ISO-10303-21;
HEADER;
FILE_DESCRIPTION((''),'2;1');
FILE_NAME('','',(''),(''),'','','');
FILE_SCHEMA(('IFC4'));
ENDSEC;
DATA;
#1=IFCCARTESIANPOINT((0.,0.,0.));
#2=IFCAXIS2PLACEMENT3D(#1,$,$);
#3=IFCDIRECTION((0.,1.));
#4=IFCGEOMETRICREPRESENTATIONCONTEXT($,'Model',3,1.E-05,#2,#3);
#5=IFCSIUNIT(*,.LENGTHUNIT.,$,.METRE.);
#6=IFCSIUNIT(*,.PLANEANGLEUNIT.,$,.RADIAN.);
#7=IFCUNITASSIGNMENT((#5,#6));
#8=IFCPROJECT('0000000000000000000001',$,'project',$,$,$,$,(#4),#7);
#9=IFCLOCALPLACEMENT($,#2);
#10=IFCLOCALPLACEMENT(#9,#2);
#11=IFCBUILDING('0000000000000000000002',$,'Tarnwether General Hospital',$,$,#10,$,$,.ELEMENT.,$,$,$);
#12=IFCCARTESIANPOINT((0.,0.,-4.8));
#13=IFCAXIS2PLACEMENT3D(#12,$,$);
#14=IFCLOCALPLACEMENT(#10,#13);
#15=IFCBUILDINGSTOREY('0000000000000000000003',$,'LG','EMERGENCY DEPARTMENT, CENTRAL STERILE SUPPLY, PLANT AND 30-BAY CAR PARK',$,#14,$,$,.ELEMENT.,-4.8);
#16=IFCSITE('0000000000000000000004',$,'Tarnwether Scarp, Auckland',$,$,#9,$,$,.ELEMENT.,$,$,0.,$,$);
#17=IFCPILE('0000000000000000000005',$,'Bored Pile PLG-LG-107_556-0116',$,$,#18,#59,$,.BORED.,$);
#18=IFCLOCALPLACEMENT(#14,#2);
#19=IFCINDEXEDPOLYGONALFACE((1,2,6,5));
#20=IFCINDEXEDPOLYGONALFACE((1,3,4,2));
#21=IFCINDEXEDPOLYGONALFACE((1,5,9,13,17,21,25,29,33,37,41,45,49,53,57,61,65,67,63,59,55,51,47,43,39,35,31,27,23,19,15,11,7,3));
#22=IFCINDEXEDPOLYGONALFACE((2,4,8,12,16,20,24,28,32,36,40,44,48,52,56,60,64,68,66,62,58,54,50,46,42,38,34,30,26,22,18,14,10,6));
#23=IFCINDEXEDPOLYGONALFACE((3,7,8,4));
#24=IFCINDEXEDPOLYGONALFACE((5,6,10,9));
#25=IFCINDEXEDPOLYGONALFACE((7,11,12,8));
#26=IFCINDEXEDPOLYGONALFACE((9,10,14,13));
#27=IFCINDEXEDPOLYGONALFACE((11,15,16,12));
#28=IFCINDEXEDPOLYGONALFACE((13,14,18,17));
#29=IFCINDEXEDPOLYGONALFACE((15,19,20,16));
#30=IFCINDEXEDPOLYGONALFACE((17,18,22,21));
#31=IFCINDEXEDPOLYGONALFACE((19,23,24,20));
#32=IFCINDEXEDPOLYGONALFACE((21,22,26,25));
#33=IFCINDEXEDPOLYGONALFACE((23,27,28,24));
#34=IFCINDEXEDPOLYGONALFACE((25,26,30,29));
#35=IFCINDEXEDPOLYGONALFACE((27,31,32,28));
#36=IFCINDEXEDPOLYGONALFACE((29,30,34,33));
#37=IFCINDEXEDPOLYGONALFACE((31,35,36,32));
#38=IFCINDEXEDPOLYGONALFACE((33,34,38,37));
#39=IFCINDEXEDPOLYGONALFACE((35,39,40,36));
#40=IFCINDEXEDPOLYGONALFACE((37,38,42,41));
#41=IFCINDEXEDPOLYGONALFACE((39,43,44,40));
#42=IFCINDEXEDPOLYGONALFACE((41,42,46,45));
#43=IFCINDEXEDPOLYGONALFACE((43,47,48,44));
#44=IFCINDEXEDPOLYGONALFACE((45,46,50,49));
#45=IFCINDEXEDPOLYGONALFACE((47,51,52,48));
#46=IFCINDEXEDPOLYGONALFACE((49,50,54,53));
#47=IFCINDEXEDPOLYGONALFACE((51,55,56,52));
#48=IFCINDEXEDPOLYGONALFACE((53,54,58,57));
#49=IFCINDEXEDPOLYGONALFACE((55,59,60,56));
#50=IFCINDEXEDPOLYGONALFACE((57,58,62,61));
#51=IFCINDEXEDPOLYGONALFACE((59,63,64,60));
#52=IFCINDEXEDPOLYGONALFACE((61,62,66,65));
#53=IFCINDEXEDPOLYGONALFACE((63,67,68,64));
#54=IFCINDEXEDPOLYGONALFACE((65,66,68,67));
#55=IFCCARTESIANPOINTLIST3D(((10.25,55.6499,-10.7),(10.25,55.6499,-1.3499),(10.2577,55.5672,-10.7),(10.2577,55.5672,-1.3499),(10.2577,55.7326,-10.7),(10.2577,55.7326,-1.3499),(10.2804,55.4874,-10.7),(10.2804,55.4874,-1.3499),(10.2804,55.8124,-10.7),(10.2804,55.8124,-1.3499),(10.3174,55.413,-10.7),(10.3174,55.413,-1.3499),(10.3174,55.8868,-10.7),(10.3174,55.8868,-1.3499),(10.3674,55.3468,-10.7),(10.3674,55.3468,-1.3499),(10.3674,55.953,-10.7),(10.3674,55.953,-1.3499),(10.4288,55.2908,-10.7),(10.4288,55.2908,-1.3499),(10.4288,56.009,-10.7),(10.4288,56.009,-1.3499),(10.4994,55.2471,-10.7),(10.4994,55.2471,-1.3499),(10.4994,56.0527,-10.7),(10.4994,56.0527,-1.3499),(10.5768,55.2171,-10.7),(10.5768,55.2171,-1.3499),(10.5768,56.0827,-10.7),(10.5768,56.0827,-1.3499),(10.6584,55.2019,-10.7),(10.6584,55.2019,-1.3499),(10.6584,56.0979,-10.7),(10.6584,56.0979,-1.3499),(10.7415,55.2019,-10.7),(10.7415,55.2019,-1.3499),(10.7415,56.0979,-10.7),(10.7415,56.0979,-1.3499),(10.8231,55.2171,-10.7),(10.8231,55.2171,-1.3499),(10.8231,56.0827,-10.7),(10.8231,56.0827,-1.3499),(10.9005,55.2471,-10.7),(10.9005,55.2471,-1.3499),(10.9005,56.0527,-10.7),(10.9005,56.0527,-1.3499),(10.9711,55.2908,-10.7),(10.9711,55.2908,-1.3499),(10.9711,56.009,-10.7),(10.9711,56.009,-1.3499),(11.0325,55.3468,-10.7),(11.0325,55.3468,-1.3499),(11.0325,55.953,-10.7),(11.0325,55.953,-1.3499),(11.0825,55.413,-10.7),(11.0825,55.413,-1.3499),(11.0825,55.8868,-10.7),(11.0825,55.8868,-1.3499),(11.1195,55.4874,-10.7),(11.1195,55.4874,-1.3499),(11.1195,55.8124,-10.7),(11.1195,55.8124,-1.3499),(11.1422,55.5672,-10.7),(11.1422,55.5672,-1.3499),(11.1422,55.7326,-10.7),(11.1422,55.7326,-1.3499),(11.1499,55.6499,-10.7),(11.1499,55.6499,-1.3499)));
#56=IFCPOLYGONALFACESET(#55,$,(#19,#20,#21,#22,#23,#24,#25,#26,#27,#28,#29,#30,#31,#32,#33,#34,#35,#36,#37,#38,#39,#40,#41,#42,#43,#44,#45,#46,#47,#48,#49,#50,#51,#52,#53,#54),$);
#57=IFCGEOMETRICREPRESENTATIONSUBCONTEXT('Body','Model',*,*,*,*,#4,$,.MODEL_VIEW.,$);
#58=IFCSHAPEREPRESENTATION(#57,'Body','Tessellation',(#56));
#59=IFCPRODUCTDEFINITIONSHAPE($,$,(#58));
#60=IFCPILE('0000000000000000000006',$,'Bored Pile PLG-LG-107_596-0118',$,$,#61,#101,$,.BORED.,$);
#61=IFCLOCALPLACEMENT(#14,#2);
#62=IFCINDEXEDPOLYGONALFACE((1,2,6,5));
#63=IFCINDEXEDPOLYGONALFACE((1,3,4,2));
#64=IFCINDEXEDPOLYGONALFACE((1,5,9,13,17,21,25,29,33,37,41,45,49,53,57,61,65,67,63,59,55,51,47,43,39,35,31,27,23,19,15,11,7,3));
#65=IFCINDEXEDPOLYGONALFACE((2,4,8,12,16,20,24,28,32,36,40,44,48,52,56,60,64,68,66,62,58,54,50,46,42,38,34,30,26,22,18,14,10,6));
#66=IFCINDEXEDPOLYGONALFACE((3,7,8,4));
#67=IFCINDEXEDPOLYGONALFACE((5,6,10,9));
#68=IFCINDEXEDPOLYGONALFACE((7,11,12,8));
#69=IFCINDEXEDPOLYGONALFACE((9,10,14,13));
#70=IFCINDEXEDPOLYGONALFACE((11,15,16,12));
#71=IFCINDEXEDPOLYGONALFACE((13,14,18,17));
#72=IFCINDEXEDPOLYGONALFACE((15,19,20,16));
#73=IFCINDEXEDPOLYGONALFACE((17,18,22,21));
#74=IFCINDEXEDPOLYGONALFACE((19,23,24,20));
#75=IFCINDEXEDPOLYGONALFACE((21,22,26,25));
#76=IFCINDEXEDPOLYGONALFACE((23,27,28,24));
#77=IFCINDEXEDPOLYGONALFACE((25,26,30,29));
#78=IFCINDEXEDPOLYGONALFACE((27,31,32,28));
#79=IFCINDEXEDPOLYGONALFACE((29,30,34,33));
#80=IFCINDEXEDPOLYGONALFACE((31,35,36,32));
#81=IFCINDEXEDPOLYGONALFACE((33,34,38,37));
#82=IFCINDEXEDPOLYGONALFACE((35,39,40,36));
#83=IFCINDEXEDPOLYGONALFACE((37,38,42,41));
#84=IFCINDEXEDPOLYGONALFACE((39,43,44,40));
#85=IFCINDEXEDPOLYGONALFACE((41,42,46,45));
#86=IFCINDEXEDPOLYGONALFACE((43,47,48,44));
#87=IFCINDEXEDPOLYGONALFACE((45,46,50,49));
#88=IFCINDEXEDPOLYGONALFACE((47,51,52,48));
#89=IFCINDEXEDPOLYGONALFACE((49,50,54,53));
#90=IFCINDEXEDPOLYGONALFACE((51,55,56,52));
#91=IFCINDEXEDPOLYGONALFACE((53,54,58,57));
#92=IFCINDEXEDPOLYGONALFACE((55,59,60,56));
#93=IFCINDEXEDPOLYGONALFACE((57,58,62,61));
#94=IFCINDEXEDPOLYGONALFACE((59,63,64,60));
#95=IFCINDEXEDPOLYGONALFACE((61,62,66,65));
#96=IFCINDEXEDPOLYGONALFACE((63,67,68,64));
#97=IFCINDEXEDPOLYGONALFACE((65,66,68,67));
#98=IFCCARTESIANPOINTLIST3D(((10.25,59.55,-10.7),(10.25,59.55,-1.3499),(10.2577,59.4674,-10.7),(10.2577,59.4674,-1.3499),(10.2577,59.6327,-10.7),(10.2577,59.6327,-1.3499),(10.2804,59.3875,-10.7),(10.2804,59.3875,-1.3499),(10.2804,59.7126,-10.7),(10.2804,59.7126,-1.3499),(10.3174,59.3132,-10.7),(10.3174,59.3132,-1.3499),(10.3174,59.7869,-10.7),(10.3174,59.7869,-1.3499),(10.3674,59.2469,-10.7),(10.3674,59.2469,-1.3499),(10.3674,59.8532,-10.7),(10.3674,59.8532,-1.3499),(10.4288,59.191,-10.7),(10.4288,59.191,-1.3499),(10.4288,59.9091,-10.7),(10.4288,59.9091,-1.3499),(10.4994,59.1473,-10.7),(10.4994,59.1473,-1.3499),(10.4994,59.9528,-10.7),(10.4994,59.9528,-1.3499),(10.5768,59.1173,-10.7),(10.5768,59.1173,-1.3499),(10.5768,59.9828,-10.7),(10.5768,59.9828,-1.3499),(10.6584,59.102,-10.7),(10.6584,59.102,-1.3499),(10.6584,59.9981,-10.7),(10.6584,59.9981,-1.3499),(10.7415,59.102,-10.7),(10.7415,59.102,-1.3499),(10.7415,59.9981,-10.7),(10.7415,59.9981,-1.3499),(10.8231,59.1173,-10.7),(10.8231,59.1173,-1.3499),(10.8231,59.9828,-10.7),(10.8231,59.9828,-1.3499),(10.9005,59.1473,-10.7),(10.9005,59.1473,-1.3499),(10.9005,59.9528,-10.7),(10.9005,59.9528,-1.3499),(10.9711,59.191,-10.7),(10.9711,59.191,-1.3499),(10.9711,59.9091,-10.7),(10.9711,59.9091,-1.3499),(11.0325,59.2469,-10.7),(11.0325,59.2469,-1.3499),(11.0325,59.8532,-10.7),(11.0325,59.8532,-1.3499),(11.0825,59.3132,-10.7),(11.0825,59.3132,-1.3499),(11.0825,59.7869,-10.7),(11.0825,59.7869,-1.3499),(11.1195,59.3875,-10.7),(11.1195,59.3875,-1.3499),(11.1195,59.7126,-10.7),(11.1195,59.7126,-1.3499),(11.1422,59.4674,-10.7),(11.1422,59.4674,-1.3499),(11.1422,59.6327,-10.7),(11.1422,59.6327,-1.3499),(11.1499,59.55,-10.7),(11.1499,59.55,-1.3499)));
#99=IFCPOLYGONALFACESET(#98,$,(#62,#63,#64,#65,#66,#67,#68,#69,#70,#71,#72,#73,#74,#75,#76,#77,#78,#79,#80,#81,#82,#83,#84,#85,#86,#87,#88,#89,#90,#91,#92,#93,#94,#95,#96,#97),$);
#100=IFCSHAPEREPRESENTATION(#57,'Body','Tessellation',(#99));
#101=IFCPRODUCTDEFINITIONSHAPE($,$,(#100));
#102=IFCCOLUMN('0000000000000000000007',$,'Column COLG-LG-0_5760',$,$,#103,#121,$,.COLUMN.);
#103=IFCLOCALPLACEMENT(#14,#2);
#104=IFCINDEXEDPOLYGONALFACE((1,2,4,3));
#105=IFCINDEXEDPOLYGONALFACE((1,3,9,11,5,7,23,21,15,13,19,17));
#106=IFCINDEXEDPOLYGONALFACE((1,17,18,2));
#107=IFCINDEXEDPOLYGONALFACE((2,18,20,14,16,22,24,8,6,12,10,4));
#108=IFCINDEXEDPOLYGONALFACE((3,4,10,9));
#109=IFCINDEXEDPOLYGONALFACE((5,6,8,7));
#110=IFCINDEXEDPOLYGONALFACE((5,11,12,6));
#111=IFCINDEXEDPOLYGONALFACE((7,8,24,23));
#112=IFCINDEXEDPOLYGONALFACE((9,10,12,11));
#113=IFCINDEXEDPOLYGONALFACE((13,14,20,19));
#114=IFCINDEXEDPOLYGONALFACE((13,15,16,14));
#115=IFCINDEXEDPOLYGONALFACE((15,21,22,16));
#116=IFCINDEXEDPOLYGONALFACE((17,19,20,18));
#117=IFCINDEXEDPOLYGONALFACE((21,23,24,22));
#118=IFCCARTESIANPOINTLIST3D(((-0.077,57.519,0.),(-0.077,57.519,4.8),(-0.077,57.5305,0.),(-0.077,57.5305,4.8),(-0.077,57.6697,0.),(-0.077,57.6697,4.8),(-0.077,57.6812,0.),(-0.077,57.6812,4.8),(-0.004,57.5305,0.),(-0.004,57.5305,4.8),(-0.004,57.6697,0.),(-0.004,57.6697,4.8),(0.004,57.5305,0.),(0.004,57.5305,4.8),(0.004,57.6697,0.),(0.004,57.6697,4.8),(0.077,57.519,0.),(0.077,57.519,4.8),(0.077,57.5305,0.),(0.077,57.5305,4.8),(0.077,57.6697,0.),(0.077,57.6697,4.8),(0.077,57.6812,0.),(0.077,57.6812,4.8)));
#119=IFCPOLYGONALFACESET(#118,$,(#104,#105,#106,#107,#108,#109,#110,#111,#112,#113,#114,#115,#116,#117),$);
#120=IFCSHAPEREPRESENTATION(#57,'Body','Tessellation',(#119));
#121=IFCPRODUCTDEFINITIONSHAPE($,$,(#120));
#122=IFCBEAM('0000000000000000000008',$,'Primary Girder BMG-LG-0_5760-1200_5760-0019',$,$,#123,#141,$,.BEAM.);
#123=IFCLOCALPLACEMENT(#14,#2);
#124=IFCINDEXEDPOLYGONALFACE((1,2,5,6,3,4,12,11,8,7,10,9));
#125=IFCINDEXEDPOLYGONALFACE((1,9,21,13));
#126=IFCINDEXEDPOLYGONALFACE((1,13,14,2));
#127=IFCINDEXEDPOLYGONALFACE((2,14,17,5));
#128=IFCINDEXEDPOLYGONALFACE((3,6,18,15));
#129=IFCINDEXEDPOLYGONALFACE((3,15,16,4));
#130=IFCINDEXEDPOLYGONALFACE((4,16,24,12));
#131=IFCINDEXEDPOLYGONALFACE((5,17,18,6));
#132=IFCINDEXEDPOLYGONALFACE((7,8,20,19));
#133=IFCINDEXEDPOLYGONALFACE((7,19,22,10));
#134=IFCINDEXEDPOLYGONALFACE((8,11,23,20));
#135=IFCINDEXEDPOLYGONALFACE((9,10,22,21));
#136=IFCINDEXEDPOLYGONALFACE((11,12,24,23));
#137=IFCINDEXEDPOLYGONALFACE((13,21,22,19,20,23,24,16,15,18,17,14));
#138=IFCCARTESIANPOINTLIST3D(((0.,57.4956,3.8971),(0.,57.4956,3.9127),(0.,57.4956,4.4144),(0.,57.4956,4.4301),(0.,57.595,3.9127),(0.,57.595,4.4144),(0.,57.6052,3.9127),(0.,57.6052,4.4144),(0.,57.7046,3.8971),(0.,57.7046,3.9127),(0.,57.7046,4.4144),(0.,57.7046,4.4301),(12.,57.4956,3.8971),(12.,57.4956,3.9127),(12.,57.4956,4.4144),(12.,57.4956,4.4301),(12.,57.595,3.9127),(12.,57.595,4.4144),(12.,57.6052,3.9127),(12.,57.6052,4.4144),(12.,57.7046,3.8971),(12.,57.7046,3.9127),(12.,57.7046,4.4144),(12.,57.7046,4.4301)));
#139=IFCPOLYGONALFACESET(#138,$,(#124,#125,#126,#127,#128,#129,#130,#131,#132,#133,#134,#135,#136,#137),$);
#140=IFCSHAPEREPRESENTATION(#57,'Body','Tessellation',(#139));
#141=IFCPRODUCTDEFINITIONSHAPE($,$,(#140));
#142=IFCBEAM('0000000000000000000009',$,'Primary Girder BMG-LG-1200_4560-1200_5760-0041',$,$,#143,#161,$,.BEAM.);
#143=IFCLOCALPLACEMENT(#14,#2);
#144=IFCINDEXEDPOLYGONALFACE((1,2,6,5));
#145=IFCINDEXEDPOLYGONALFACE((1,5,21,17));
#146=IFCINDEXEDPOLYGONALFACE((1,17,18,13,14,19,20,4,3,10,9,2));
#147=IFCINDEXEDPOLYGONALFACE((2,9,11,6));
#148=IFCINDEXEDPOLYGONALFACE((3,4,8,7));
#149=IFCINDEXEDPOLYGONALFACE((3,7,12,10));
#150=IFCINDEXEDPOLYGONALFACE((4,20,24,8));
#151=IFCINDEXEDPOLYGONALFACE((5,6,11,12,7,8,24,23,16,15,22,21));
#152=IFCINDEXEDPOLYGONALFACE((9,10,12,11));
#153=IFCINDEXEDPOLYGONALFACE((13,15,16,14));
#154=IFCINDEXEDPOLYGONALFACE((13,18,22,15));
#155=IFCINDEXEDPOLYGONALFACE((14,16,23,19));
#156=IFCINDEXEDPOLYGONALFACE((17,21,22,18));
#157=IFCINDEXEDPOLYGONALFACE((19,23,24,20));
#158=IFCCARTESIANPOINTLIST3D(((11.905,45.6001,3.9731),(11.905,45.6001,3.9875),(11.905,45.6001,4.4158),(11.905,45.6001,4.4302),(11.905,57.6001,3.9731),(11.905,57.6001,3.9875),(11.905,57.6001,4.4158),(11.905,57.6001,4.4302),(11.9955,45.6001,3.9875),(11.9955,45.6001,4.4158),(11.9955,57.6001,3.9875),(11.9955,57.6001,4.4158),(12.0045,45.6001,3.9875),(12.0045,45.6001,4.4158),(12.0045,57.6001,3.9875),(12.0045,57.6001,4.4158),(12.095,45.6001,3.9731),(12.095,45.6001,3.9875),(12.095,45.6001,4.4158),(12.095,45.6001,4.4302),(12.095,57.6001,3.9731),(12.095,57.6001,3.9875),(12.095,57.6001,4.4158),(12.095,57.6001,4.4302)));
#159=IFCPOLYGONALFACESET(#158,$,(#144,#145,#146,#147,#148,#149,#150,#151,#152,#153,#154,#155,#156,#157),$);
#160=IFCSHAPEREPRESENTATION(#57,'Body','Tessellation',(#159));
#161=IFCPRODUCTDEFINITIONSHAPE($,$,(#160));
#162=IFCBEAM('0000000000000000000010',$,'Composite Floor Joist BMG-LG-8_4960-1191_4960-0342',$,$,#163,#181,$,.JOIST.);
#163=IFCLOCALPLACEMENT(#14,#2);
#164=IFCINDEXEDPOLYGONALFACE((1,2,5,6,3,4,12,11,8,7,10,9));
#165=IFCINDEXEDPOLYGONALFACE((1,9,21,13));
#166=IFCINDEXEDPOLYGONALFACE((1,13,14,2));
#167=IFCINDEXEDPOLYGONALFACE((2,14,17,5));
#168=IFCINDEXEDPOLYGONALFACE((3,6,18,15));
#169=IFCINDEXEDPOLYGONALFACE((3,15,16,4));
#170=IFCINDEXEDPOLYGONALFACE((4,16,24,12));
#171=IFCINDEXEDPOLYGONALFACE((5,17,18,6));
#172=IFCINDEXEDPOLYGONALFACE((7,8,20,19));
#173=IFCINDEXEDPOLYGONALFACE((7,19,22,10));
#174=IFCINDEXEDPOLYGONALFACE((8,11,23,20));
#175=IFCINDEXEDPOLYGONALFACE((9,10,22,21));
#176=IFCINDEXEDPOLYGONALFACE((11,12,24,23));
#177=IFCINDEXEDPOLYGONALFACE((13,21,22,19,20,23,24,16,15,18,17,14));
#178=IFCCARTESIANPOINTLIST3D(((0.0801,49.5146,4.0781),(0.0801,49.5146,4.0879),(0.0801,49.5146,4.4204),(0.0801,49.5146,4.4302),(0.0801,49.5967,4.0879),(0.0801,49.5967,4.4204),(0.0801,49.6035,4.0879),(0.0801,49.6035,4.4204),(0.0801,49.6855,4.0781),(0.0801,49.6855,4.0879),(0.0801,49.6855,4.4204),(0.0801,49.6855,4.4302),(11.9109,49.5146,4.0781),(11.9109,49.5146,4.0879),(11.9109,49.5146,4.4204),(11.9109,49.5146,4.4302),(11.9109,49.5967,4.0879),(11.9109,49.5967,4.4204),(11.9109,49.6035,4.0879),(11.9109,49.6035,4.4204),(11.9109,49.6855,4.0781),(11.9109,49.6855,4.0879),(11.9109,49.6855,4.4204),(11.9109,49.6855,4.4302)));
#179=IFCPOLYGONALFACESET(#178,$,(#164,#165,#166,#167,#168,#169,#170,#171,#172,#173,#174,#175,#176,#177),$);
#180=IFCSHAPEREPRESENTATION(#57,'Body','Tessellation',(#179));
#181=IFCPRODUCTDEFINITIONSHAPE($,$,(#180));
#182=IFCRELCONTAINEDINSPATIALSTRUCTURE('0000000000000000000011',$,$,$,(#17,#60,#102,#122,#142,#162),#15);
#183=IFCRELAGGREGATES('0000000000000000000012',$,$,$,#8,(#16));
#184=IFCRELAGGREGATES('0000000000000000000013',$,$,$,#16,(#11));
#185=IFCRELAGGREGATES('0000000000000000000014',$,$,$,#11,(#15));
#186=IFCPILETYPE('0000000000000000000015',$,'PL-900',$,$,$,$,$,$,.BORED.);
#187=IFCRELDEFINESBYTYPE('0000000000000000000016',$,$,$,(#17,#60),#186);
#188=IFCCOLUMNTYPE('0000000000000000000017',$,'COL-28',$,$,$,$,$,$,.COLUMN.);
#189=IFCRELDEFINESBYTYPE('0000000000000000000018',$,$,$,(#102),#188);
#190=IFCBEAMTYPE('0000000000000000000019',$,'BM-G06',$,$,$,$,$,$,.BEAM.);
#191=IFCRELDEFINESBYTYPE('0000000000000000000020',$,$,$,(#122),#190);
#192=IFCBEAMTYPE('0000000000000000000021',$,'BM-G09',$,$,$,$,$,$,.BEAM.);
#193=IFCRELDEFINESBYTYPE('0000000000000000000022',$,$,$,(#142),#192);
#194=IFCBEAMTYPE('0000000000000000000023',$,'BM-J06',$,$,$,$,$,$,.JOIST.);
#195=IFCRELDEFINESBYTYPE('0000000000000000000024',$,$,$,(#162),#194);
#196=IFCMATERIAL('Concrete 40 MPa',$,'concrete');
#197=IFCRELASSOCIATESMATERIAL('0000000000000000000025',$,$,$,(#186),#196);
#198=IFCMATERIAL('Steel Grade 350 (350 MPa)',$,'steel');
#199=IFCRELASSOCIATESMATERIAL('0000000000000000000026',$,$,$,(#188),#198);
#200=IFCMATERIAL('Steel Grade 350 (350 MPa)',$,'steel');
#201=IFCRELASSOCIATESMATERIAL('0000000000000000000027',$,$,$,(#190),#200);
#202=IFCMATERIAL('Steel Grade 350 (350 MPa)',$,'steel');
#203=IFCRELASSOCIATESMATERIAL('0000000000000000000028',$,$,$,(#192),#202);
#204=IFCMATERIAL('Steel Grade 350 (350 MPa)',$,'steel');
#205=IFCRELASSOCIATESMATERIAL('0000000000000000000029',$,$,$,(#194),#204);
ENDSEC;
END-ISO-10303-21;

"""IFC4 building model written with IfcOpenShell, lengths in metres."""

from ifc_helpers import new_model, si_unit, direction, frame, origin, origin_2d, place, context, subcontext, project, spatial, circle, i_section, extrude, material, material_profile, profile_set, type_object, element, save


model = new_model("IFC4")

# Units and contexts
model_context = context("Model", 3, precision=1e-05, world=origin(), true_north=direction((0.0, 1.0)))
body_context = subcontext(model_context, "Body", "Model", "MODEL_VIEW")
ifc_project = project(units=[si_unit("LENGTHUNIT", "METRE"), si_unit("PLANEANGLEUNIT", "RADIAN")], contexts=[model_context])

# Site, building, storey
site_placement = place(None, origin())
site = spatial("IfcSite", under=ifc_project, at=site_placement, Name="Tarnwether Scarp, Auckland", CompositionType="ELEMENT", RefElevation=0.0)
building_placement = place(site_placement, origin())
building = spatial("IfcBuilding", under=site, at=building_placement, Name="Tarnwether General Hospital", CompositionType="ELEMENT")
storey_placement = place(building_placement, frame((0.0, 0.0, -4.8)))
storey = spatial("IfcBuildingStorey", under=building, at=storey_placement, Name="LG", Description="EMERGENCY DEPARTMENT, CENTRAL STERILE SUPPLY, PLANT AND 30-BAY CAR PARK", CompositionType="ELEMENT", Elevation=-4.8)

# Piles
ifc_material_1 = material(Name="Concrete 40 MPa", Category="concrete")
ifc_material_profile_1 = material_profile(ifc_material_1, circle(Radius=0.45, at=origin_2d()), Name="PILE-D900")
ifc_profile_set_1 = profile_set([ifc_material_profile_1], Name="Concrete 40 MPa")
pile_type_1 = type_object("IfcPileType", Name="PL-900", PredefinedType="BORED", material=ifc_profile_set_1)
for number, where, z_axis, x_axis, name in (
    (1, (10.7, 55.6499, -1.3499), (0.0, 0.0, -1.0), (1.0, 0.0, 0.0), "Bored Pile PLG-LG-107_556-0116"),
    (2, (10.7, 59.55, -1.3499), (0.0, 0.0, -1.0), (1.0, 0.0, 0.0), "Bored Pile PLG-LG-107_596-0118"),
):
    element("IfcPile", number, at=place(storey_placement, frame(where, z_axis=z_axis, x_axis=x_axis)), inside=storey, type_object=pile_type_1, Name=name, PredefinedType="BORED", context=body_context, shape_type="SweptSolid", body=[
        extrude(circle(Radius=0.45, at=origin_2d()), origin(), (0.0, 0.0, 1.0), 9.3501),
    ])

# Column
ifc_material_2 = material(Name="Steel Grade 350 (350 MPa)", Category="steel")
ifc_material_profile_2 = material_profile(ifc_material_2, i_section(OverallWidth=0.1541, OverallDepth=0.1621, WebThickness=0.0081, FlangeThickness=0.0115, at=origin_2d()), Name="150UC37.2")
ifc_profile_set_2 = profile_set([ifc_material_profile_2], Name="Steel Grade 350 (350 MPa)")
column_type = type_object("IfcColumnType", Name="COL-28", PredefinedType="COLUMN", material=ifc_profile_set_2)
column_placement = place(storey_placement, frame((0.0, 57.6001, 0.0), z_axis=(0.0, 0.0, 1.0), x_axis=(1.0, 0.0, 0.0)))
element("IfcColumn", 3, at=column_placement, inside=storey, type_object=column_type, Name="Column COLG-LG-0_5760", PredefinedType="COLUMN", context=body_context, shape_type="SweptSolid", body=[
    extrude(i_section(OverallWidth=0.1541, OverallDepth=0.1621, WebThickness=0.0081, FlangeThickness=0.0115, at=origin_2d()), origin(), (0.0, 0.0, 1.0), 4.8),
])

# Beams
ifc_material_3 = material(Name="Steel Grade 350 (350 MPa)", Category="steel")
ifc_material_profile_3 = material_profile(ifc_material_3, i_section(OverallWidth=0.209, OverallDepth=0.533, WebThickness=0.0103, FlangeThickness=0.0156, at=origin_2d()), Name="530UB92.4")
ifc_profile_set_3 = profile_set([ifc_material_profile_3], Name="Steel Grade 350 (350 MPa)")
beam_type_1 = type_object("IfcBeamType", Name="BM-G06", PredefinedType="BEAM", material=ifc_profile_set_3)
beam_1_placement = place(storey_placement, frame((0.0, 57.6001, 4.1636), z_axis=(1.0, 0.0, 0.0), x_axis=(0.0, 1.0, 0.0)))
element("IfcBeam", 4, at=beam_1_placement, inside=storey, type_object=beam_type_1, Name="Primary Girder BMG-LG-0_5760-1200_5760-0019", PredefinedType="BEAM", context=body_context, shape_type="SweptSolid", body=[
    extrude(i_section(OverallWidth=0.209, OverallDepth=0.533, WebThickness=0.0103, FlangeThickness=0.0156, at=origin_2d()), origin(), (0.0, 0.0, 1.0), 12.0),
])
ifc_material_4 = material(Name="Steel Grade 350 (350 MPa)", Category="steel")
ifc_material_profile_4 = material_profile(ifc_material_4, i_section(OverallWidth=0.1899, OverallDepth=0.457, WebThickness=0.009, FlangeThickness=0.0144, at=origin_2d()), Name="460UB74.6")
ifc_profile_set_4 = profile_set([ifc_material_profile_4], Name="Steel Grade 350 (350 MPa)")
beam_type_2 = type_object("IfcBeamType", Name="BM-G09", PredefinedType="BEAM", material=ifc_profile_set_4)
beam_2_placement = place(storey_placement, frame((12.0, 45.6001, 4.2017), z_axis=(0.0, 1.0, 0.0), x_axis=(-1.0, 0.0, 0.0)))
element("IfcBeam", 5, at=beam_2_placement, inside=storey, type_object=beam_type_2, Name="Primary Girder BMG-LG-1200_4560-1200_5760-0041", PredefinedType="BEAM", context=body_context, shape_type="SweptSolid", body=[
    extrude(i_section(OverallWidth=0.1899, OverallDepth=0.457, WebThickness=0.009, FlangeThickness=0.0144, at=origin_2d()), origin(), (0.0, 0.0, 1.0), 12.0),
])
ifc_material_5 = material(Name="Steel Grade 350 (350 MPa)", Category="steel")
ifc_material_profile_5 = material_profile(ifc_material_5, i_section(OverallWidth=0.1709, OverallDepth=0.3521, WebThickness=0.0068, FlangeThickness=0.0098, at=origin_2d()), Name="360UB44.7")
ifc_profile_set_5 = profile_set([ifc_material_profile_5], Name="Steel Grade 350 (350 MPa)")
beam_type_3 = type_object("IfcBeamType", Name="BM-J06", PredefinedType="JOIST", material=ifc_profile_set_5)
beam_3_placement = place(storey_placement, frame((0.0801, 49.6001, 4.2542), z_axis=(1.0, 0.0, 0.0), x_axis=(0.0, 1.0, 0.0)))
element("IfcBeam", 6, at=beam_3_placement, inside=storey, type_object=beam_type_3, Name="Composite Floor Joist BMG-LG-8_4960-1191_4960-0342", PredefinedType="JOIST", context=body_context, shape_type="SweptSolid", body=[
    extrude(i_section(OverallWidth=0.1709, OverallDepth=0.3521, WebThickness=0.0068, FlangeThickness=0.0098, at=origin_2d()), origin(), (0.0, 0.0, 1.0), 11.8308),
])

save(model, "model.ifc")
